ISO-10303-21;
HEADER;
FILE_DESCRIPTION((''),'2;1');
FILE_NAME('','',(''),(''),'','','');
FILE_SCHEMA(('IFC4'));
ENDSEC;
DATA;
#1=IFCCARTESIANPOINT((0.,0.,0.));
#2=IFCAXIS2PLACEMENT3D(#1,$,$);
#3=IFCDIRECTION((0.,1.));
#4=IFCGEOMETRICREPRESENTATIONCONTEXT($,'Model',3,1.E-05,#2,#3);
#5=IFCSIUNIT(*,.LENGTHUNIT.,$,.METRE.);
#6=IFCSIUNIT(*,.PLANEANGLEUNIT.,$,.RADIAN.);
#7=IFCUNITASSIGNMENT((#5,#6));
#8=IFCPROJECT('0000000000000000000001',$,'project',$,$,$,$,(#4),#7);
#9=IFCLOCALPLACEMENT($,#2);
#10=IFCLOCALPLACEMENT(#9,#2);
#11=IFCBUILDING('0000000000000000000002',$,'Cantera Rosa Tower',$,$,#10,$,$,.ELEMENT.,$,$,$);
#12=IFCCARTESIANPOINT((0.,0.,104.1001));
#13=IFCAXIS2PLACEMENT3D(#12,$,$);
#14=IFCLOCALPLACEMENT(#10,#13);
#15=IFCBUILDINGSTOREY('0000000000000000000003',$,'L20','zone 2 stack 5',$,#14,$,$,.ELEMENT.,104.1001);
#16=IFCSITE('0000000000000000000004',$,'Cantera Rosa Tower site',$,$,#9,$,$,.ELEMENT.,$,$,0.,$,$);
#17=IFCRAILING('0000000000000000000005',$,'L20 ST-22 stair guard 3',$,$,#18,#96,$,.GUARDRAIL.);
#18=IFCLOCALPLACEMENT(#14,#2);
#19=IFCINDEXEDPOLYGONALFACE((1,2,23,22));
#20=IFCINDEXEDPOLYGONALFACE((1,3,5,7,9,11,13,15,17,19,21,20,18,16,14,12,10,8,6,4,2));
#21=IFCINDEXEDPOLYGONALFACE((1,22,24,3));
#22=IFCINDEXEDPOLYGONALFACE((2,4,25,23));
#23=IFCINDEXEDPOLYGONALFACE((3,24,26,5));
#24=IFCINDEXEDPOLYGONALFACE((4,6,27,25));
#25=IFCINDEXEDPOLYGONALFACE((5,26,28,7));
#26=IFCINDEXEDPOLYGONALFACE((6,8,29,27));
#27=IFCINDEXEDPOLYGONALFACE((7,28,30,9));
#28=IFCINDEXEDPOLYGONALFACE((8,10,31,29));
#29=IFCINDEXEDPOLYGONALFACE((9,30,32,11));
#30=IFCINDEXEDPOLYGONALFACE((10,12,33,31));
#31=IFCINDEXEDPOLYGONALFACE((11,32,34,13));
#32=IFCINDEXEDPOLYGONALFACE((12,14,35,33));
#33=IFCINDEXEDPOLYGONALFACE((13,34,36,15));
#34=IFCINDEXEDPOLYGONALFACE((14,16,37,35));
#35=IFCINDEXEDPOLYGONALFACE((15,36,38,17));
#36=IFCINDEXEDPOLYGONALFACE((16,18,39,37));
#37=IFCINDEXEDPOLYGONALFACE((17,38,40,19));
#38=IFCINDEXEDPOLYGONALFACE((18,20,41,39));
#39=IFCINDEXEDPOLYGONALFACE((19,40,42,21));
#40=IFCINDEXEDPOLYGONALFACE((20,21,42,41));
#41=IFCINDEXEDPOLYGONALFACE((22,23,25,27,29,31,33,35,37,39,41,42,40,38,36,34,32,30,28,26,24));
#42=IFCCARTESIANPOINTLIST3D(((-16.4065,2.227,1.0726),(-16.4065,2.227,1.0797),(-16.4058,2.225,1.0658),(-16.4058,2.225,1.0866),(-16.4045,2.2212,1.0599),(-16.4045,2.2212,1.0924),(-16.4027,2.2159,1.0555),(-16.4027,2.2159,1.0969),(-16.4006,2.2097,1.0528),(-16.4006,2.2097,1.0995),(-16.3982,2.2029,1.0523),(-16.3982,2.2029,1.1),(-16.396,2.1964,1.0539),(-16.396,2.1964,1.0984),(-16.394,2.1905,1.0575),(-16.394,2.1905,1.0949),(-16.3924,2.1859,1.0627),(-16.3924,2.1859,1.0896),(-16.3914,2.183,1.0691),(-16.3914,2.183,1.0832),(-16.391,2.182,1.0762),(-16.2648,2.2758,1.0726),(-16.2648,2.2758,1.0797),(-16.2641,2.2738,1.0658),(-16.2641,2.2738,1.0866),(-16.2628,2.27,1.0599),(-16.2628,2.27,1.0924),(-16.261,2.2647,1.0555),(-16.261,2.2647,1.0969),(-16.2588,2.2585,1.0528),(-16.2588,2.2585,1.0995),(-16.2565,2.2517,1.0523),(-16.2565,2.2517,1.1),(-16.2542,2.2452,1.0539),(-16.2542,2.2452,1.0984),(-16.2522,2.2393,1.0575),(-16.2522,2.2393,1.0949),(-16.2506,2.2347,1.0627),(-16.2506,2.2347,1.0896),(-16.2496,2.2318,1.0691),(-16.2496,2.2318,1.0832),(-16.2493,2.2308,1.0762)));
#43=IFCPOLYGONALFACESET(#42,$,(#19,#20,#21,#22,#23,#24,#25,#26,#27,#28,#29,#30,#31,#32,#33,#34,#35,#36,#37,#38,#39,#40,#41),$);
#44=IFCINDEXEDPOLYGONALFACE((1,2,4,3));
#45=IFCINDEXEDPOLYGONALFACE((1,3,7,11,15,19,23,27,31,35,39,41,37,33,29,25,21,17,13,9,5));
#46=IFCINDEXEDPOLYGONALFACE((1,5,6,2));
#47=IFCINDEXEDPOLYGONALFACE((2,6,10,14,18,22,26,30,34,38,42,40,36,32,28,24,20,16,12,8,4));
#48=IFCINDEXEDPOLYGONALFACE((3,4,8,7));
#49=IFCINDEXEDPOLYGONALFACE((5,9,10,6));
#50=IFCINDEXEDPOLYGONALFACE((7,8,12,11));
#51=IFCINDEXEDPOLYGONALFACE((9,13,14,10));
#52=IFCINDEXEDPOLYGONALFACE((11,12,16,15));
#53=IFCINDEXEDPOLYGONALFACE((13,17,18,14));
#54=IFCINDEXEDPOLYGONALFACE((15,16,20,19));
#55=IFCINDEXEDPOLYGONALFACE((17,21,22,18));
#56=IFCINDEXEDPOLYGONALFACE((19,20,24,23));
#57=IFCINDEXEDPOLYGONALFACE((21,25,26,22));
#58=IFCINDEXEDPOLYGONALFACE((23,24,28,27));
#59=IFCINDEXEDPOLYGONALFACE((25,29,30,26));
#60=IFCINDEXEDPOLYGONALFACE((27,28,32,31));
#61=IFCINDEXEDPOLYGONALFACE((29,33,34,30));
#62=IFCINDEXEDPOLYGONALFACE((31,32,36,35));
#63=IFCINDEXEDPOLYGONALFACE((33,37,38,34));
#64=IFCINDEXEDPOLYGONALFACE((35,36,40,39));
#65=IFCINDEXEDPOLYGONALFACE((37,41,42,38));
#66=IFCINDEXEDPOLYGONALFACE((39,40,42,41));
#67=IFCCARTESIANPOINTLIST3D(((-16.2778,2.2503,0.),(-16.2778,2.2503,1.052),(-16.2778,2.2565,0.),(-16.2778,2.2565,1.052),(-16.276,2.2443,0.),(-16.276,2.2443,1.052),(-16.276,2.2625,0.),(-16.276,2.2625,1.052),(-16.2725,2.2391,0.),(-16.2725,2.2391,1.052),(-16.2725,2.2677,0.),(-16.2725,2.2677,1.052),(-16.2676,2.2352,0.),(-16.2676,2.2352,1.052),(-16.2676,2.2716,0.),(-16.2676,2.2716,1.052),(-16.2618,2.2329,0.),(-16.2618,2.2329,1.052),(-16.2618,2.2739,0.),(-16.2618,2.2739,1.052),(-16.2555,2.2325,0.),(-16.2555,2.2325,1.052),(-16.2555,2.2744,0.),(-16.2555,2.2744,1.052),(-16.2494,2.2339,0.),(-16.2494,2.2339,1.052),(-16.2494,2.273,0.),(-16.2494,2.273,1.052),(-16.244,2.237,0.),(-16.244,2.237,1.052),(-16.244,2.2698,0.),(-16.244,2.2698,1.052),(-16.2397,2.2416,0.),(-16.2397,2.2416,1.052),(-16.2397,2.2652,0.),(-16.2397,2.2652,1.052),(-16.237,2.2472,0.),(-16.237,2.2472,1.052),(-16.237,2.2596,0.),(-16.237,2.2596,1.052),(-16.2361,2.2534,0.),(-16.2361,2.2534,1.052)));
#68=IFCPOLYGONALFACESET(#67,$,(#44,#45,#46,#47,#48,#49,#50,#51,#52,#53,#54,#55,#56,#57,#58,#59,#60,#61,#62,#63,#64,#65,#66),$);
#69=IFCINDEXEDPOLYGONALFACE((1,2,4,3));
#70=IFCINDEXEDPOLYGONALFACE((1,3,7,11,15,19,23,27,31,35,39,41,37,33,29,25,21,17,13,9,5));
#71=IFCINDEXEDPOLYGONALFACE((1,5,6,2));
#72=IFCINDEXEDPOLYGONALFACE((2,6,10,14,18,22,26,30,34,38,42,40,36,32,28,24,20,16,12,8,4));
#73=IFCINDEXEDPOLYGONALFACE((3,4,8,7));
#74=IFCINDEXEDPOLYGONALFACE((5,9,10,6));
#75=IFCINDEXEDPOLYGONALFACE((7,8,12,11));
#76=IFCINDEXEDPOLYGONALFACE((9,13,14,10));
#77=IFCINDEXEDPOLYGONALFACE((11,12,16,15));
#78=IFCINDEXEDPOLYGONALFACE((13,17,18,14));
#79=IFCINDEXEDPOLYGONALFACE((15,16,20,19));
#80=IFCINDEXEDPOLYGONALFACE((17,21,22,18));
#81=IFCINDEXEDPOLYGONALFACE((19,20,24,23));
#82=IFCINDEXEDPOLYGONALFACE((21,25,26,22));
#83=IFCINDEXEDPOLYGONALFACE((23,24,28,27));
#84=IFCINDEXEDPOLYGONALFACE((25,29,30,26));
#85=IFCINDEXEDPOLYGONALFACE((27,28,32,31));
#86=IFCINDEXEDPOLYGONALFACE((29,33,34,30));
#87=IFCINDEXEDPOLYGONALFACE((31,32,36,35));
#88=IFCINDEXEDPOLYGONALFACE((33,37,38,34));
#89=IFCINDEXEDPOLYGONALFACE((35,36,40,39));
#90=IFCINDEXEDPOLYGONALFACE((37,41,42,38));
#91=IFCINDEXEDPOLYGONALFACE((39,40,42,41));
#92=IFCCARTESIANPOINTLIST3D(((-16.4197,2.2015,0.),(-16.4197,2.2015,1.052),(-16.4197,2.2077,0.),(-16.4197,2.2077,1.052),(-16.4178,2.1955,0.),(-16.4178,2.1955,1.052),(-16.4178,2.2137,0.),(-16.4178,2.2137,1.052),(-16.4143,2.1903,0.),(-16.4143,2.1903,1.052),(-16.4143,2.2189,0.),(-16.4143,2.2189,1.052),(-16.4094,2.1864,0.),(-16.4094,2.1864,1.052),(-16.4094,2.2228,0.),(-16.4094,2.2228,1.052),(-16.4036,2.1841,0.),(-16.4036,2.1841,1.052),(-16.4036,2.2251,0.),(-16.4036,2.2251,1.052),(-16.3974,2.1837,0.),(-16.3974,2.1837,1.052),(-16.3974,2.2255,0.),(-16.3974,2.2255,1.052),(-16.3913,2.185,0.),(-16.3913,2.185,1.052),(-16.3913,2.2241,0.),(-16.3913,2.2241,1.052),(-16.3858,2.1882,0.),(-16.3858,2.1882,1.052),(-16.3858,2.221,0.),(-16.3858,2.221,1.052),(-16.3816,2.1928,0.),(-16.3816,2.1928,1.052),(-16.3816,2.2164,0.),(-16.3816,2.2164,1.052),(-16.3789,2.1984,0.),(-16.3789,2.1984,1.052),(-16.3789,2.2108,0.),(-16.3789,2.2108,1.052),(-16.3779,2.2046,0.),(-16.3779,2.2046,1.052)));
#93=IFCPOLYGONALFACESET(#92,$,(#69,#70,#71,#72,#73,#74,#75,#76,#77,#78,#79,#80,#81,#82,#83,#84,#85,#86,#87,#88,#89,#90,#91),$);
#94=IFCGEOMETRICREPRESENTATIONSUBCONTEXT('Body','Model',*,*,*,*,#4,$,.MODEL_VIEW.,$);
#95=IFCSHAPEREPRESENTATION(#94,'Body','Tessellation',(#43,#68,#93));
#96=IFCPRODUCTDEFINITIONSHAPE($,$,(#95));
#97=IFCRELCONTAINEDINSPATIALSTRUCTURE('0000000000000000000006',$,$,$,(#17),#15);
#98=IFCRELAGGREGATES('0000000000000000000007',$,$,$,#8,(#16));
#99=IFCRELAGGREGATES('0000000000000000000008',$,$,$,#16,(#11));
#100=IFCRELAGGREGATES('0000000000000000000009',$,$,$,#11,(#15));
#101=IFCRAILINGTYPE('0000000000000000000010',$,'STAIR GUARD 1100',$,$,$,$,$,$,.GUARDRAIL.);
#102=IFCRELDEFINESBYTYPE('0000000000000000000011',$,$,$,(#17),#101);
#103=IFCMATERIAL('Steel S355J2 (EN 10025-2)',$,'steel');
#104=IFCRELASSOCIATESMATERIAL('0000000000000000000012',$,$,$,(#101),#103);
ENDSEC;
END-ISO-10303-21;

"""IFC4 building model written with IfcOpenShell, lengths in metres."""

from ifc_helpers import new_model, si_unit, direction, frame, origin, origin_2d, place, context, subcontext, project, spatial, circle, extrude, material, type_object, element, save


model = new_model("IFC4")

# Units and contexts
model_context = context("Model", 3, precision=1e-05, world=origin(), true_north=direction((0.0, 1.0)))
body_context = subcontext(model_context, "Body", "Model", "MODEL_VIEW")
ifc_project = project(units=[si_unit("LENGTHUNIT", "METRE"), si_unit("PLANEANGLEUNIT", "RADIAN")], contexts=[model_context])

# Site, building, storey
site_placement = place(None, origin())
site = spatial("IfcSite", under=ifc_project, at=site_placement, Name="Cantera Rosa Tower site", CompositionType="ELEMENT", RefElevation=0.0)
building_placement = place(site_placement, origin())
building = spatial("IfcBuilding", under=site, at=building_placement, Name="Cantera Rosa Tower", CompositionType="ELEMENT")
storey_placement = place(building_placement, frame((0.0, 0.0, 104.1001)))
storey = spatial("IfcBuildingStorey", under=building, at=storey_placement, Name="L20", Description="zone 2 stack 5", CompositionType="ELEMENT", Elevation=104.1001)

# Railing
ifc_material_1 = material(Name="Steel S355J2 (EN 10025-2)", Category="steel")
railing_type_1 = type_object("IfcRailingType", Name="STAIR GUARD 1100", PredefinedType="GUARDRAIL", material=ifc_material_1)
railing_1_placement = place(storey_placement, frame((-16.2571, 2.2534, 0.0)))
element("IfcRailing", 1, at=railing_1_placement, inside=storey, type_object=railing_type_1, Name="L20 ST-22 stair guard 3", PredefinedType="GUARDRAIL", context=body_context, shape_type="SweptSolid", body=[
    extrude(circle(Radius=0.0239, at=origin_2d()), frame((0.0, 0.0, 1.0762), z_axis=(-0.945546, -0.325489, 0.0), x_axis=(0.325489, -0.945546, 0.0)), (0.0, 0.0, 1.0), 0.1499),
    extrude(circle(Radius=0.021, at=origin_2d()), origin(), (0.0, 0.0, 1.0), 1.052),
    extrude(circle(Radius=0.021, at=origin_2d()), frame((-0.1418, -0.0488, 0.0)), (0.0, 0.0, 1.0), 1.052),
])

save(model, "model.ifc")
